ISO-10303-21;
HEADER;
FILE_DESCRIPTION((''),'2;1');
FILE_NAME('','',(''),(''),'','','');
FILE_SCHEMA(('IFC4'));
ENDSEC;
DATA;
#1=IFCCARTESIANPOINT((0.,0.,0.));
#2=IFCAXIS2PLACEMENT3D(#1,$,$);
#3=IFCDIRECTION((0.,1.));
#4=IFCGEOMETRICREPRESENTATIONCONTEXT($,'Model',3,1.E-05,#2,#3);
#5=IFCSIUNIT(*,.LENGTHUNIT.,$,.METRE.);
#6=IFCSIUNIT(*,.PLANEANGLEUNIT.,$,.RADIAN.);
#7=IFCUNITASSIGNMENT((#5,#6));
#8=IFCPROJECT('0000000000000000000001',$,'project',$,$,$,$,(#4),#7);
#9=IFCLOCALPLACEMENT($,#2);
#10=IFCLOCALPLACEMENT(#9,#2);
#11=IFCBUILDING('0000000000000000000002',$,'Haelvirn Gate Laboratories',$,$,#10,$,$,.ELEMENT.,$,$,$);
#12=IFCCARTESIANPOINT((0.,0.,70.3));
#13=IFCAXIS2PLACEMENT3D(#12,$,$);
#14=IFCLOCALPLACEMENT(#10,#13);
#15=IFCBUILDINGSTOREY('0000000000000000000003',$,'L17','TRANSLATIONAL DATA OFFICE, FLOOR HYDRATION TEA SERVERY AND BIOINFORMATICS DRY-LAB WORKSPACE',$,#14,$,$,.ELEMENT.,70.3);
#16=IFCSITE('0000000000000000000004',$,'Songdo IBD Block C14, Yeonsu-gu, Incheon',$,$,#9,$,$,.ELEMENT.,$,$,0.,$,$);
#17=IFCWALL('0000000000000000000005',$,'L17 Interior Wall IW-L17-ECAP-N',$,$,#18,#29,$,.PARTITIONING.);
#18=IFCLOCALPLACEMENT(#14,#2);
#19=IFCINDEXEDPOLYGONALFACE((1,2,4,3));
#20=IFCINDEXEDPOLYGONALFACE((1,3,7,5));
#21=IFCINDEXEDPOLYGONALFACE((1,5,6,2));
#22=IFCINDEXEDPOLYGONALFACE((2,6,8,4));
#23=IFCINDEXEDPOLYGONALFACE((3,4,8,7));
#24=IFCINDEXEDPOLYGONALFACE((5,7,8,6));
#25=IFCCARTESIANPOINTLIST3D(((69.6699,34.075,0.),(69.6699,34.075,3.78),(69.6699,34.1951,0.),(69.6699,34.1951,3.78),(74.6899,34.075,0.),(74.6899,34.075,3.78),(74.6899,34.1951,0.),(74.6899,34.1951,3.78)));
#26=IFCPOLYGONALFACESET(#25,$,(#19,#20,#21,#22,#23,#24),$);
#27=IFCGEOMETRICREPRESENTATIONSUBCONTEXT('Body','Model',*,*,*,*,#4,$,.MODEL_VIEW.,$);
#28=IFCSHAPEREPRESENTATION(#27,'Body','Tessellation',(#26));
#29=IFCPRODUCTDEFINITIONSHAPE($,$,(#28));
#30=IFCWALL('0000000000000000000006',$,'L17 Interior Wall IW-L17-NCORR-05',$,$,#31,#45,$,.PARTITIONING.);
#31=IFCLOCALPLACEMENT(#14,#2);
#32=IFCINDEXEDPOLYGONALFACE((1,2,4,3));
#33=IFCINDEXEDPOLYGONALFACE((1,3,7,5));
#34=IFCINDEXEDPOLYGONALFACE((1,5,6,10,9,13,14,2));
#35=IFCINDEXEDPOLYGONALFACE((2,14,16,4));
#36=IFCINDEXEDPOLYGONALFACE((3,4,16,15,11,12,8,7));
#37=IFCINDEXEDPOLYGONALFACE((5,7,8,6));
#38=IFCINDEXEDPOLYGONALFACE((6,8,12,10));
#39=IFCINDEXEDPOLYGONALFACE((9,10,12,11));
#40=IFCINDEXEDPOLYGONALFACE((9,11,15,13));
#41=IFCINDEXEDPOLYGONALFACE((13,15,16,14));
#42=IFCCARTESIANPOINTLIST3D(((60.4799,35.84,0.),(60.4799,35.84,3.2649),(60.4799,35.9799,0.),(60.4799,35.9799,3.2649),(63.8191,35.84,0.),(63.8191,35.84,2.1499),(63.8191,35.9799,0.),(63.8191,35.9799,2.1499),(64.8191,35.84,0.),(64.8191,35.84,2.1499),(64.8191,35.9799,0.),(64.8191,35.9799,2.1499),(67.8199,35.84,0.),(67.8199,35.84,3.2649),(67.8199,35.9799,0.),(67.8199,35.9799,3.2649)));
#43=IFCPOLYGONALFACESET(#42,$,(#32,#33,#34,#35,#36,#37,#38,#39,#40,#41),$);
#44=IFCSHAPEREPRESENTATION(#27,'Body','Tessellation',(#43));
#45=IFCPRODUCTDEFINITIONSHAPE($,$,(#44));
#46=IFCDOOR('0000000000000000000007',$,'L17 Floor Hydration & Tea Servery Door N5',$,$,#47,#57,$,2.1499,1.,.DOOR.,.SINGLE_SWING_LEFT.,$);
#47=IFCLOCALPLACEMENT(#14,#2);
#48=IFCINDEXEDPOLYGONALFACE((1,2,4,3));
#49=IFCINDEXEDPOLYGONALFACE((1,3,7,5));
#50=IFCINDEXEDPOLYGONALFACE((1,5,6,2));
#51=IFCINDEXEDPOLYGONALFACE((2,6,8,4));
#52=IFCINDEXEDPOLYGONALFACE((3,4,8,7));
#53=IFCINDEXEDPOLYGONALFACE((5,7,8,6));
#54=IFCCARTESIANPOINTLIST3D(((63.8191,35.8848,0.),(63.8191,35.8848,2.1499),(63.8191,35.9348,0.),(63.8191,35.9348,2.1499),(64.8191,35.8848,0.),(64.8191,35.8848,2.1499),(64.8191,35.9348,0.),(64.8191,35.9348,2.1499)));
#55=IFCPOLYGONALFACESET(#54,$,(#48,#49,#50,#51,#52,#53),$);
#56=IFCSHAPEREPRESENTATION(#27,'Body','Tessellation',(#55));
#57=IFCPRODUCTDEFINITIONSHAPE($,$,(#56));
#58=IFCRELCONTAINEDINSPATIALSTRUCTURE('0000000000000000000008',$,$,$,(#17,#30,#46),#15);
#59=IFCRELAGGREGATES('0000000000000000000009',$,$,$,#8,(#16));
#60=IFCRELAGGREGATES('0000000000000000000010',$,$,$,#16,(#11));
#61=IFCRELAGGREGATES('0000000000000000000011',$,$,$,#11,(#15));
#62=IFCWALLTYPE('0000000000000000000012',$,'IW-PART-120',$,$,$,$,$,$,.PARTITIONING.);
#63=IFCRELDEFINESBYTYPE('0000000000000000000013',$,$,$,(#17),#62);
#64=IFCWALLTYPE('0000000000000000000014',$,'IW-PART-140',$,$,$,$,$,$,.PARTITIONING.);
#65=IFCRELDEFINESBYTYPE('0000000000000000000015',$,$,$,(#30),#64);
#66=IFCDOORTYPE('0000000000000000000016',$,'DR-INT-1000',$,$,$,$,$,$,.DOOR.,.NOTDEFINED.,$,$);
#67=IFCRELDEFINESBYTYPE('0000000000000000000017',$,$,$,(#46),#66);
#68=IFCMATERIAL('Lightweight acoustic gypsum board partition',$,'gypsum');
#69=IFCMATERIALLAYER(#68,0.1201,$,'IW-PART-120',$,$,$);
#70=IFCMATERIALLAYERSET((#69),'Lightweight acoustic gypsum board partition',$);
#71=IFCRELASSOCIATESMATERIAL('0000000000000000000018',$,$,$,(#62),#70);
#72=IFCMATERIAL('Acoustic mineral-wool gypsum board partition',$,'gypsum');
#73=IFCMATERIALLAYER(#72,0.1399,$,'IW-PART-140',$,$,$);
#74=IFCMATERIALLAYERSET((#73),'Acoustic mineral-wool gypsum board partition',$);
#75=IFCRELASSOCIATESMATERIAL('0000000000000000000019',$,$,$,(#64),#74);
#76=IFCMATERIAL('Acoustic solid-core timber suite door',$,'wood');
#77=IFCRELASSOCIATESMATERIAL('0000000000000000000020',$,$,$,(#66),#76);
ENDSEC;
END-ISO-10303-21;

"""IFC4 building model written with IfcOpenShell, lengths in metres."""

from ifc_helpers import new_model, si_unit, direction, frame, frame_2d, origin, place, context, subcontext, project, spatial, rectangle, extrude, source, transform, mapped, material, layer, layer_set, type_object, type_shapes, element, fill, save


model = new_model("IFC4")

# Units and contexts
model_context = context("Model", 3, precision=1e-05, world=origin(), true_north=direction((0.0, 1.0)))
body_context = subcontext(model_context, "Body", "Model", "MODEL_VIEW")
ifc_project = project(units=[si_unit("LENGTHUNIT", "METRE"), si_unit("PLANEANGLEUNIT", "RADIAN")], contexts=[model_context])

# Site, building, storey
site_placement = place(None, origin())
site = spatial("IfcSite", under=ifc_project, at=site_placement, Name="Songdo IBD Block C14, Yeonsu-gu, Incheon", CompositionType="ELEMENT", RefElevation=0.0)
building_placement = place(site_placement, origin())
building = spatial("IfcBuilding", under=site, at=building_placement, Name="Haelvirn Gate Laboratories", CompositionType="ELEMENT")
storey_placement = place(building_placement, frame((0.0, 0.0, 70.3)))
storey = spatial("IfcBuildingStorey", under=building, at=storey_placement, Name="L17", Description="TRANSLATIONAL DATA OFFICE, FLOOR HYDRATION TEA SERVERY AND BIOINFORMATICS DRY-LAB WORKSPACE", CompositionType="ELEMENT", Elevation=70.3)

# Wall
ifc_material_1 = material(Name="Lightweight acoustic gypsum board partition", Category="gypsum")
ifc_layer_1 = layer(ifc_material_1, 0.1201, Name="IW-PART-120")
ifc_layer_set_1 = layer_set([ifc_layer_1], Name="Lightweight acoustic gypsum board partition")
wall_type_1 = type_object("IfcWallType", Name="IW-PART-120", PredefinedType="PARTITIONING", material=ifc_layer_set_1)
wall_1_placement = place(storey_placement, frame((69.6699, 34.135, 0.0), z_axis=(0.0, 0.0, 1.0), x_axis=(1.0, 0.0, 0.0)))
element("IfcWall", 1, at=wall_1_placement, inside=storey, type_object=wall_type_1, Name="L17 Interior Wall IW-L17-ECAP-N", PredefinedType="PARTITIONING", context=body_context, shape_type="SweptSolid", body=[
    extrude(rectangle(XDim=5.02, YDim=0.1201, at=frame_2d((2.51, 0.0))), origin(), (0.0, 0.0, 1.0), 3.78),
])

# Wall, opening, door
ifc_material_2 = material(Name="Acoustic mineral-wool gypsum board partition", Category="gypsum")
ifc_layer_2 = layer(ifc_material_2, 0.1399, Name="IW-PART-140")
ifc_layer_set_2 = layer_set([ifc_layer_2], Name="Acoustic mineral-wool gypsum board partition")
wall_type_2 = type_object("IfcWallType", Name="IW-PART-140", PredefinedType="PARTITIONING", material=ifc_layer_set_2)
wall_2_placement = place(storey_placement, frame((60.48, 35.9099, 0.0), z_axis=(0.0, 0.0, 1.0), x_axis=(1.0, 0.0, 0.0)))
wall_2 = element("IfcWall", 2, at=wall_2_placement, inside=storey, type_object=wall_type_2, Name="L17 Interior Wall IW-L17-NCORR-05", PredefinedType="PARTITIONING", context=body_context, shape_type="SweptSolid", body=[
    extrude(rectangle(XDim=7.3401, YDim=0.1399, at=frame_2d((3.6699, 0.0))), origin(), (0.0, 0.0, 1.0), 3.2649),
])
opening_placement = place(wall_2_placement, frame((3.3391, 0.0, 0.0)))
opening = element("IfcOpeningElement", 3, at=opening_placement, cuts=wall_2, PredefinedType="OPENING", context=body_context, shape_type="SweptSolid", body=[
    extrude(rectangle(XDim=1.0, YDim=2.1499, at=frame_2d((0.5, 1.075))), frame((0.0, 0.0801, 0.0), z_axis=(0.0, -1.0, 0.0), x_axis=(1.0, 0.0, 0.0)), (0.0, 0.0, 1.0), 0.1599),
])
ifc_material_3 = material(Name="Acoustic solid-core timber suite door", Category="wood")
door_type = type_object("IfcDoorType", Name="DR-INT-1000", OperationType="NOTDEFINED", PredefinedType="DOOR", material=ifc_material_3)
shared_shape_1 = source(origin(), body_context, "Body", "SweptSolid", [
    extrude(rectangle(XDim=1.0, YDim=2.1499, at=frame_2d((0.5, 1.075))), frame((0.0, 0.0249, 0.0), z_axis=(0.0, -1.0, 0.0), x_axis=(1.0, 0.0, 0.0)), (0.0, 0.0, 1.0), 0.05),
])
type_shapes(door_type, [shared_shape_1])
door_placement = place(opening_placement, origin())
door = element("IfcDoor", 4, at=door_placement, inside=storey, type_object=door_type, Name="L17 Floor Hydration & Tea Servery Door N5", OperationType="SINGLE_SWING_LEFT", OverallHeight=2.1499, OverallWidth=1.0, PredefinedType="DOOR", context=body_context, shape_type="MappedRepresentation", body=[
    mapped(shared_shape_1, transform((0.0, 0.0, 0.0), scale=1.0)),
])
fill(opening, door)

save(model, "model.ifc")
